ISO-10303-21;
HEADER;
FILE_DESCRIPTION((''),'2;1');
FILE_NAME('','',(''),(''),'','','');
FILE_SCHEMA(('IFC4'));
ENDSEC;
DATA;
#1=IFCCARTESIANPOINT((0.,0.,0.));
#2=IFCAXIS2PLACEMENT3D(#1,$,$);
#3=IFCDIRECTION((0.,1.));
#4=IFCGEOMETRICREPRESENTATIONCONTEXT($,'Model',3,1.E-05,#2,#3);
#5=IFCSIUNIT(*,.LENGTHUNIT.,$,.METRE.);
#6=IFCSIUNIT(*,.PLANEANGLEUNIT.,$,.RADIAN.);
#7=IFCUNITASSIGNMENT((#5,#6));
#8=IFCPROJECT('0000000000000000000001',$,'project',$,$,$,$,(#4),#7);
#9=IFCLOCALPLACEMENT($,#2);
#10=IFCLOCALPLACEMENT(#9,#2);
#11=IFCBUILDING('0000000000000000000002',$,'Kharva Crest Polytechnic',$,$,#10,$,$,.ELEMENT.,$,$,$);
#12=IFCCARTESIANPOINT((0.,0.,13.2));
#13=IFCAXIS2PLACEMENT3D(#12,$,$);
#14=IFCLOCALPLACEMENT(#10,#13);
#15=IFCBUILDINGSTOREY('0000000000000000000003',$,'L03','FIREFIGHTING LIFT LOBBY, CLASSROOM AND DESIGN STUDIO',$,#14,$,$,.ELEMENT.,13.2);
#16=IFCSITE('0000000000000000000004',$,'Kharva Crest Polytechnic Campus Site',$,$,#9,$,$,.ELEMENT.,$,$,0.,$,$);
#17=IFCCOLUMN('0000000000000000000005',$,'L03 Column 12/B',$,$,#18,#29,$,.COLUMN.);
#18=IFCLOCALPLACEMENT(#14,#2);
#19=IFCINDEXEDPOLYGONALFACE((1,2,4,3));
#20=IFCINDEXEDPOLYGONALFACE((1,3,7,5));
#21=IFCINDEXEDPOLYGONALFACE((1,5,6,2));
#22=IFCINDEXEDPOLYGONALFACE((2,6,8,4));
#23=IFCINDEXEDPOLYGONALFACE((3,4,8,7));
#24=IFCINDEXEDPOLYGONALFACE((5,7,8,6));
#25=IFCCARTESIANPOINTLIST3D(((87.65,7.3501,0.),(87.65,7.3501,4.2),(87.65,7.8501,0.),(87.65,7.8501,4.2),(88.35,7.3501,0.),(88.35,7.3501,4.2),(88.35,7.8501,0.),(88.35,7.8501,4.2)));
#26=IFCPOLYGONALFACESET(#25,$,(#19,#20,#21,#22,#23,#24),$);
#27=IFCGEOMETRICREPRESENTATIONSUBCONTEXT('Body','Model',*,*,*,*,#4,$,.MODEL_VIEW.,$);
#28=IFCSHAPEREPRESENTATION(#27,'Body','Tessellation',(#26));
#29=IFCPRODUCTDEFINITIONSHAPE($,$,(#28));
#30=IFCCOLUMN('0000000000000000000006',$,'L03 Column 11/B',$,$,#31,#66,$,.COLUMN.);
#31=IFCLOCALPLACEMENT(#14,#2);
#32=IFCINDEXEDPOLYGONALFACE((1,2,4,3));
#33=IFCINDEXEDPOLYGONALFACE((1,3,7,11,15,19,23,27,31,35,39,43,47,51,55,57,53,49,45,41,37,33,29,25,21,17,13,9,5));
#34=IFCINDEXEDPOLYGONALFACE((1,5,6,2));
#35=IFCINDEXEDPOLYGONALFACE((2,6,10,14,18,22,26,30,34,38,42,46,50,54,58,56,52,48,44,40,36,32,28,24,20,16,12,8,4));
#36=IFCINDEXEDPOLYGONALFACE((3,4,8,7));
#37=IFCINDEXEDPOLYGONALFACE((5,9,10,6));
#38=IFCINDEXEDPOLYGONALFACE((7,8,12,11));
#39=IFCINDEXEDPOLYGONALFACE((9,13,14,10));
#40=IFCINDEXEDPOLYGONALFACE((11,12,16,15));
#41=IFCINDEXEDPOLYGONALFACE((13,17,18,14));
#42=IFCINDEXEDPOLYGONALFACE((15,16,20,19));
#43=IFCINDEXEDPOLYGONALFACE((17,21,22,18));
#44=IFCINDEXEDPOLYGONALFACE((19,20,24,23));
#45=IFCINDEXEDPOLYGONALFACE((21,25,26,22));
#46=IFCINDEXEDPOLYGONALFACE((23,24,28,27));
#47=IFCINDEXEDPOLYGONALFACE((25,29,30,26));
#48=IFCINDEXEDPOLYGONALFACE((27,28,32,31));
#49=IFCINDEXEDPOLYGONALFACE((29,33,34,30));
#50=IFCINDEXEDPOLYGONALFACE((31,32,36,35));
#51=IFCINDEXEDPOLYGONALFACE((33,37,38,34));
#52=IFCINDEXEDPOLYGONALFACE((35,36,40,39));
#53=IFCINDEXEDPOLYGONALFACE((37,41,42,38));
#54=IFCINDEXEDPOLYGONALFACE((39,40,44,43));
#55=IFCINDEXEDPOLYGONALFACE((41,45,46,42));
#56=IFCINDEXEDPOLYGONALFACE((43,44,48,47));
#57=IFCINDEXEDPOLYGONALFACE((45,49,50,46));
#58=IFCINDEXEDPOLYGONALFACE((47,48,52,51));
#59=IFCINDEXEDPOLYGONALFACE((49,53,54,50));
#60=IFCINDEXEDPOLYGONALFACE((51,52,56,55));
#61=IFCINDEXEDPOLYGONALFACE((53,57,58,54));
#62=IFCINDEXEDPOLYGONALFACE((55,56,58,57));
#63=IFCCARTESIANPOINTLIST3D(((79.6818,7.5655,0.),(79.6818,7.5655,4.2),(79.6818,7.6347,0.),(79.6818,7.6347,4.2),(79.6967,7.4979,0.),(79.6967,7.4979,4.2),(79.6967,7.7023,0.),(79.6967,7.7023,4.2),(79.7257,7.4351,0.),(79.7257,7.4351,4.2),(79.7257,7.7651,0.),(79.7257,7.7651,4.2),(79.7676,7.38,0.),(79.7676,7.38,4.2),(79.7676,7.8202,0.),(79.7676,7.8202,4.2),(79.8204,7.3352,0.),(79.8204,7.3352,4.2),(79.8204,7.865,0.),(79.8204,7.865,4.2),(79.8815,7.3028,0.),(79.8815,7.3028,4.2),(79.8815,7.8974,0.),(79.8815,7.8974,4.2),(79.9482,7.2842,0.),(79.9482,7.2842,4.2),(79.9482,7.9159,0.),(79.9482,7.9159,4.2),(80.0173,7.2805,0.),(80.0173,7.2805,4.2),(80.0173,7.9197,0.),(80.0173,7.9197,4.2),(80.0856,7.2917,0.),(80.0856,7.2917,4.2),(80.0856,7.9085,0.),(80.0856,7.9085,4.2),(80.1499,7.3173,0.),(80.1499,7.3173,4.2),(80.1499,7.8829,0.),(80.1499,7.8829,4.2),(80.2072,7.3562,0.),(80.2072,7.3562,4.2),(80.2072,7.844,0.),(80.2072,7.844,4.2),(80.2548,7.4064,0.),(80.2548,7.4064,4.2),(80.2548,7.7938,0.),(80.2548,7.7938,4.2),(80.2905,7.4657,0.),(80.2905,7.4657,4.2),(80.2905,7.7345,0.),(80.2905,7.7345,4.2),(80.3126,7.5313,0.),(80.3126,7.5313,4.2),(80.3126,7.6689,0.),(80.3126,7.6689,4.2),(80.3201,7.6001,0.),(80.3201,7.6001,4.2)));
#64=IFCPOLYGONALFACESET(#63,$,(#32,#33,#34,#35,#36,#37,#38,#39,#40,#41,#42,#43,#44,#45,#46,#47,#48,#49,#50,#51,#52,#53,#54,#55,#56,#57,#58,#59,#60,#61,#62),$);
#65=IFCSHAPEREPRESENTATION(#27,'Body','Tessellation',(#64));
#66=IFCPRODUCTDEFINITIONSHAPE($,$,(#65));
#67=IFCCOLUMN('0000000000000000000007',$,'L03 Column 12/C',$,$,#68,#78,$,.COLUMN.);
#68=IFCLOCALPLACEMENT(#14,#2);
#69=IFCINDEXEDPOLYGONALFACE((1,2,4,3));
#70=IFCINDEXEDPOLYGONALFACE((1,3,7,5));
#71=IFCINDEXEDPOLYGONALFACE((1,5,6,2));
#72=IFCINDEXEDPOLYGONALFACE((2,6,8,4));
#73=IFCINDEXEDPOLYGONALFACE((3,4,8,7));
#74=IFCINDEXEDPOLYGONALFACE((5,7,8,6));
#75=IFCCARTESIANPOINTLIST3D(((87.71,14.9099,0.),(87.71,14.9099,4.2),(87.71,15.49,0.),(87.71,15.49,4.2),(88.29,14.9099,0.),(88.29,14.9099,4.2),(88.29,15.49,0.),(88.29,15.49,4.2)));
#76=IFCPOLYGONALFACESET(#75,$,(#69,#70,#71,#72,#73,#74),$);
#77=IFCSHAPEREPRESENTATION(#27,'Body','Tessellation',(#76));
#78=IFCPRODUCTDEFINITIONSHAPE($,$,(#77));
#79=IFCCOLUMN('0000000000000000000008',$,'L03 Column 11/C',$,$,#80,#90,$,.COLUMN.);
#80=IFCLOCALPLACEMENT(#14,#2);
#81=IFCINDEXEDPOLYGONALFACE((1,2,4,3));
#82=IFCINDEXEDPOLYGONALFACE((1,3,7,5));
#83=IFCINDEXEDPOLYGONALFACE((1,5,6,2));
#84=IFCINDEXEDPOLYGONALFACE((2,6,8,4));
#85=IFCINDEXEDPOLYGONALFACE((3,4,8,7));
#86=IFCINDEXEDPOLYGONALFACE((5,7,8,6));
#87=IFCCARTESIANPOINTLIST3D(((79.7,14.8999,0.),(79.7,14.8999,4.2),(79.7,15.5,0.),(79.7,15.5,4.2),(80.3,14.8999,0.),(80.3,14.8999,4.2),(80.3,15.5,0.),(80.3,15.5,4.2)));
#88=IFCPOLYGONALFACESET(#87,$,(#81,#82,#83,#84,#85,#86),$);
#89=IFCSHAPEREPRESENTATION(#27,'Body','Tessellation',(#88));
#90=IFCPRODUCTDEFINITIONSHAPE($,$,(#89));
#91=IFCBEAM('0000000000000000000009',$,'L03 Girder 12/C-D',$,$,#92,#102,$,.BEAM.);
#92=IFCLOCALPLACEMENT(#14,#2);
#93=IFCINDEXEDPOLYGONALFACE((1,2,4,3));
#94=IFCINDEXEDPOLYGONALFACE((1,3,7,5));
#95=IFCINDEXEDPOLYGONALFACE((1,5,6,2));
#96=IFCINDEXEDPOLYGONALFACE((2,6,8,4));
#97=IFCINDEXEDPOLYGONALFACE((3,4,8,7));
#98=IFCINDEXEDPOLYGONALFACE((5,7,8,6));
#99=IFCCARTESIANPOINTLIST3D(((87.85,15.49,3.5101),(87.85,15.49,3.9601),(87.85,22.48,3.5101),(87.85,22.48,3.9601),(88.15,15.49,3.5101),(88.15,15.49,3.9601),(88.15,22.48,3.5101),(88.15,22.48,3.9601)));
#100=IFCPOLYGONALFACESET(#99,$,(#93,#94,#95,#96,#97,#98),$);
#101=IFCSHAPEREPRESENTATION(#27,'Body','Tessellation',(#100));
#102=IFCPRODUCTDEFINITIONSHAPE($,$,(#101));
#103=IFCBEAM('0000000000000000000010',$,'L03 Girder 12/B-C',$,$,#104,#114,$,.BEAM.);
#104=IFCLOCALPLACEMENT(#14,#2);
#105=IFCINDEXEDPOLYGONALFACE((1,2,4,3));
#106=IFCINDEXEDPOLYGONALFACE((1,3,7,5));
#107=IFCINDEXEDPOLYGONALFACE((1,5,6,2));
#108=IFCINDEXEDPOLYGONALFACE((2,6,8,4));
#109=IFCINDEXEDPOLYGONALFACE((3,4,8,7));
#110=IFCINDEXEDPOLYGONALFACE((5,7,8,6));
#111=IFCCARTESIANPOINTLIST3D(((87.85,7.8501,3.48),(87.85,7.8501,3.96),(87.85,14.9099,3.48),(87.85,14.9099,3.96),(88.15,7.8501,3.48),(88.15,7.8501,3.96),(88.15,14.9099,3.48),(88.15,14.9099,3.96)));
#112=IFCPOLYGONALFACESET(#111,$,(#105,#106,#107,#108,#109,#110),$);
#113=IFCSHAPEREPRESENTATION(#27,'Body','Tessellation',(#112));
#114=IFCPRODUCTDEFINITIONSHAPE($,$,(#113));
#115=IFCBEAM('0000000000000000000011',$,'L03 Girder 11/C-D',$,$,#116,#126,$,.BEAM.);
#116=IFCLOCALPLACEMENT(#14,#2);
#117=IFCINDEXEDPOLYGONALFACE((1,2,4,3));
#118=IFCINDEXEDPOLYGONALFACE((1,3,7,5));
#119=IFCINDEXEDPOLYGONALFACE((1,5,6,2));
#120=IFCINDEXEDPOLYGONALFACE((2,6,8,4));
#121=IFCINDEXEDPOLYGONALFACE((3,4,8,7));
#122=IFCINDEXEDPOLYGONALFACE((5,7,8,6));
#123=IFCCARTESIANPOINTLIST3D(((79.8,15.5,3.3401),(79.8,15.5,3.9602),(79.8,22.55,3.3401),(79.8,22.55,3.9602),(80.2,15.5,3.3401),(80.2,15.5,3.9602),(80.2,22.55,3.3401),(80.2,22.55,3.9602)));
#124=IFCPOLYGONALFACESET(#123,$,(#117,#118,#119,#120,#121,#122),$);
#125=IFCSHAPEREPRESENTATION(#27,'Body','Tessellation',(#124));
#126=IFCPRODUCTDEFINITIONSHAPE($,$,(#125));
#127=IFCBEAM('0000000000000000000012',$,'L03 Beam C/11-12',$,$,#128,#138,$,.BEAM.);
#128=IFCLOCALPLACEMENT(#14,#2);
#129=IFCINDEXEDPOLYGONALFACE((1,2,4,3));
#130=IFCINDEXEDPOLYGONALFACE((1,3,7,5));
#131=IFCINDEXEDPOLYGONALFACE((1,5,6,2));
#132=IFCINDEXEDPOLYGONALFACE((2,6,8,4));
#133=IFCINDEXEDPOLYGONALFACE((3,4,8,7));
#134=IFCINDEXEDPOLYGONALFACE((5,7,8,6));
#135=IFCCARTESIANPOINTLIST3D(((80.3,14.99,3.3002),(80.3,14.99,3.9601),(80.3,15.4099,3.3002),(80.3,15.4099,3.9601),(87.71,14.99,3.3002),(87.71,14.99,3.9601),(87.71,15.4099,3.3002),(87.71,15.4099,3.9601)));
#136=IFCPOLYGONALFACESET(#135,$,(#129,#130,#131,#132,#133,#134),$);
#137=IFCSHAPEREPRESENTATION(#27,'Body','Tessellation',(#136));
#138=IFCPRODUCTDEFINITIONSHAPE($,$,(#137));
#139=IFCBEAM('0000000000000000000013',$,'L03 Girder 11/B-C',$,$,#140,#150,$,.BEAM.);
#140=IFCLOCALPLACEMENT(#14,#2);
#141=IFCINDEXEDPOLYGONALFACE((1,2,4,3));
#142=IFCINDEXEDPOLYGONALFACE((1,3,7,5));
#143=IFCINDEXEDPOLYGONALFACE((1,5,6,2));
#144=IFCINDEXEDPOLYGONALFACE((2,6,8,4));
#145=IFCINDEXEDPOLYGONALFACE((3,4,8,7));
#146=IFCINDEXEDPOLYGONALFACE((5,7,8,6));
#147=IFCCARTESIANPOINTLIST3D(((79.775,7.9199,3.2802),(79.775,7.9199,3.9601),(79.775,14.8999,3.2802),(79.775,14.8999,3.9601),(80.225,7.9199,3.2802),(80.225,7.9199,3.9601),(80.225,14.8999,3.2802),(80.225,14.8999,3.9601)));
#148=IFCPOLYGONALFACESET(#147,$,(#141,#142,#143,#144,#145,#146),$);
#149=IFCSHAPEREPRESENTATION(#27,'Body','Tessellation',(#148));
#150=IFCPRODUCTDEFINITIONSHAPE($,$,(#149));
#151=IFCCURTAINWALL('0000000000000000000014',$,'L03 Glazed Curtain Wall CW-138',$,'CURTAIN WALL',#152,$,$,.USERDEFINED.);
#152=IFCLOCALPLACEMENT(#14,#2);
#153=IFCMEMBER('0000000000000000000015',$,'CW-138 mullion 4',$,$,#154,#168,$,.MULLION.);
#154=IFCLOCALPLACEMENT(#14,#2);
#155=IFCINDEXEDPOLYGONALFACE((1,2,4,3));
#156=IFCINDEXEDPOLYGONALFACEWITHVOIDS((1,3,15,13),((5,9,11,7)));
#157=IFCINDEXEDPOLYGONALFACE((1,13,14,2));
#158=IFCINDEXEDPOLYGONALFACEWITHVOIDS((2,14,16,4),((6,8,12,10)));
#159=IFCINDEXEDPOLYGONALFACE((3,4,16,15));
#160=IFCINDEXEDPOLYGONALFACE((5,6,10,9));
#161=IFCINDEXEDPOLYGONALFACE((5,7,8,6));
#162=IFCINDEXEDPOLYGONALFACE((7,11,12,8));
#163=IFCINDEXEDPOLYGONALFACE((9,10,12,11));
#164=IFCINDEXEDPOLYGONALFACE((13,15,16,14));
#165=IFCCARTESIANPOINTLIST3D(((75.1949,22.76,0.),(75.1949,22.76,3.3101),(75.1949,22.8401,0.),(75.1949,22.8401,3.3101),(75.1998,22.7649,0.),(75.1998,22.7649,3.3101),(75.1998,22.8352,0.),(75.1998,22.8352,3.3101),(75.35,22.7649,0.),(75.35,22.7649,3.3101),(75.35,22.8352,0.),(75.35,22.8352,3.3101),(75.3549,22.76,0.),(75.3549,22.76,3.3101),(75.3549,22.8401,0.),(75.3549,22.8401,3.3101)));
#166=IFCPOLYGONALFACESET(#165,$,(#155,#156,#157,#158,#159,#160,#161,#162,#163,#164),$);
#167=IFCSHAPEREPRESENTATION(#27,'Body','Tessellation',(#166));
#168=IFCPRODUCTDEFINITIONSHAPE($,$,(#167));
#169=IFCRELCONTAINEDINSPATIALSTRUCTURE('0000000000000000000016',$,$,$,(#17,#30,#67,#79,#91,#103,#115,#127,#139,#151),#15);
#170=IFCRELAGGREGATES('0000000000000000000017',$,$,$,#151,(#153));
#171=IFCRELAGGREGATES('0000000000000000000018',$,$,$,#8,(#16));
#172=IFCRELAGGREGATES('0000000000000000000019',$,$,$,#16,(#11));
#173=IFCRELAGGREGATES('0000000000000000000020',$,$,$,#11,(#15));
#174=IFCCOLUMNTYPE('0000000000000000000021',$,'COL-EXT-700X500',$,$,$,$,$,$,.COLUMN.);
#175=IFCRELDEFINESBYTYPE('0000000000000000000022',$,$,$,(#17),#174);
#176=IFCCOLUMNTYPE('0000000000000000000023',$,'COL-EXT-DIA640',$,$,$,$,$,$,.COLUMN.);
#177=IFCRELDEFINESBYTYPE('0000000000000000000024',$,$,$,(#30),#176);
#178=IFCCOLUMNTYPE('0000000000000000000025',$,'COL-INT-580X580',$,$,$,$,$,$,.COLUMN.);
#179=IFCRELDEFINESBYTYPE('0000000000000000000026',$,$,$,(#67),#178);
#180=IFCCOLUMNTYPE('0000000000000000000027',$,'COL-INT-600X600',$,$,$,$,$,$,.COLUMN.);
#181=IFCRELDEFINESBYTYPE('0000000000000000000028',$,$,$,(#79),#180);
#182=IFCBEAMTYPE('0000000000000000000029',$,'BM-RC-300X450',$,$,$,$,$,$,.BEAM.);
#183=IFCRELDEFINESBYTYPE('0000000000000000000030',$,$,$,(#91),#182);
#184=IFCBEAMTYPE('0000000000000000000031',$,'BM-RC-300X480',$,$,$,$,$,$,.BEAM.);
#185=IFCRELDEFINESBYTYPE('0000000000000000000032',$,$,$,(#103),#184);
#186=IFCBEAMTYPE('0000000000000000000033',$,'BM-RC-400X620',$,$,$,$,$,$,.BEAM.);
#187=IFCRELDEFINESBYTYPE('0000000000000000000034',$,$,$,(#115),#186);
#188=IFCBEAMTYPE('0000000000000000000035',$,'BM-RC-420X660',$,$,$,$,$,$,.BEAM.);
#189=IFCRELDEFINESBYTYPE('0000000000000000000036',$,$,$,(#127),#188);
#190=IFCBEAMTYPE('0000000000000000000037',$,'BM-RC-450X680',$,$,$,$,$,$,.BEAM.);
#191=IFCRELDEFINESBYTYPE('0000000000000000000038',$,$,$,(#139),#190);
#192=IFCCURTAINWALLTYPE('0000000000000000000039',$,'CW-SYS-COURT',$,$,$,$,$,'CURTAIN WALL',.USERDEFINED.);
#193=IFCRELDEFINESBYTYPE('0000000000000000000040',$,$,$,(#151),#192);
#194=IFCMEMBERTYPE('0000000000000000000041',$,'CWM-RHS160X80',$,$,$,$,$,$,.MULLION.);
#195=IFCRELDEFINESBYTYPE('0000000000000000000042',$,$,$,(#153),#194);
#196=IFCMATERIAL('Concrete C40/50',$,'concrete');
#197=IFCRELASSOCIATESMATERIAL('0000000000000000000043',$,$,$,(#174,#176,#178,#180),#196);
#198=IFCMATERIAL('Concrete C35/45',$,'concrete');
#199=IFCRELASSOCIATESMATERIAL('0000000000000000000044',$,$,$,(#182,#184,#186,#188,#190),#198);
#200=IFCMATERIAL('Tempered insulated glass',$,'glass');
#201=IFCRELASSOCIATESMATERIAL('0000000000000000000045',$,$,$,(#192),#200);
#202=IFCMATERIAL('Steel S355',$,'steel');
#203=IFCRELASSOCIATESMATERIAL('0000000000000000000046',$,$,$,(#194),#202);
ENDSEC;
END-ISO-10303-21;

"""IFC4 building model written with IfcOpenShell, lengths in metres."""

from ifc_helpers import new_model, si_unit, direction, frame, origin, origin_2d, place, context, subcontext, project, spatial, rectangle, hollow_rectangle, circle, extrude, material, material_profile, profile_set, type_object, element, aggregate, save


model = new_model("IFC4")

# Units and contexts
model_context = context("Model", 3, precision=1e-05, world=origin(), true_north=direction((0.0, 1.0)))
body_context = subcontext(model_context, "Body", "Model", "MODEL_VIEW")
ifc_project = project(units=[si_unit("LENGTHUNIT", "METRE"), si_unit("PLANEANGLEUNIT", "RADIAN")], contexts=[model_context])

# Site, building, storey
site_placement = place(None, origin())
site = spatial("IfcSite", under=ifc_project, at=site_placement, Name="Kharva Crest Polytechnic Campus Site", CompositionType="ELEMENT", RefElevation=0.0)
building_placement = place(site_placement, origin())
building = spatial("IfcBuilding", under=site, at=building_placement, Name="Kharva Crest Polytechnic", CompositionType="ELEMENT")
storey_placement = place(building_placement, frame((0.0, 0.0, 13.2)))
storey = spatial("IfcBuildingStorey", under=building, at=storey_placement, Name="L03", Description="FIREFIGHTING LIFT LOBBY, CLASSROOM AND DESIGN STUDIO", CompositionType="ELEMENT", Elevation=13.2)

# Columns
ifc_material_1 = material(Name="Concrete C40/50", Category="concrete")
ifc_material_profile_1 = material_profile(ifc_material_1, rectangle(XDim=0.7, YDim=0.5, at=origin_2d()), Name="RECT 700 X 500")
ifc_profile_set_1 = profile_set([ifc_material_profile_1], Name="Concrete C40/50")
column_type_1 = type_object("IfcColumnType", Name="COL-EXT-700X500", PredefinedType="COLUMN", material=ifc_profile_set_1)
column_1_placement = place(storey_placement, frame((88.0, 7.6001, 0.0), z_axis=(0.0, 0.0, 1.0), x_axis=(1.0, 0.0, 0.0)))
element("IfcColumn", 1, at=column_1_placement, inside=storey, type_object=column_type_1, Name="L03 Column 12/B", PredefinedType="COLUMN", context=body_context, shape_type="SweptSolid", body=[
    extrude(rectangle(XDim=0.7, YDim=0.5, at=origin_2d()), origin(), (0.0, 0.0, 1.0), 4.2),
])
ifc_material_profile_2 = material_profile(ifc_material_1, circle(Radius=0.3201, at=origin_2d()), Name="DIA 640")
ifc_profile_set_2 = profile_set([ifc_material_profile_2], Name="Concrete C40/50")
column_type_2 = type_object("IfcColumnType", Name="COL-EXT-DIA640", PredefinedType="COLUMN", material=ifc_profile_set_2)
column_2_placement = place(storey_placement, frame((80.0, 7.6001, 0.0), z_axis=(0.0, 0.0, 1.0), x_axis=(1.0, 0.0, 0.0)))
element("IfcColumn", 2, at=column_2_placement, inside=storey, type_object=column_type_2, Name="L03 Column 11/B", PredefinedType="COLUMN", context=body_context, shape_type="SweptSolid", body=[
    extrude(circle(Radius=0.3201, at=origin_2d()), origin(), (0.0, 0.0, 1.0), 4.2),
])
ifc_material_profile_3 = material_profile(ifc_material_1, rectangle(XDim=0.5801, YDim=0.5801, at=origin_2d()), Name="RECT 580 X 580")
ifc_profile_set_3 = profile_set([ifc_material_profile_3], Name="Concrete C40/50")
column_type_3 = type_object("IfcColumnType", Name="COL-INT-580X580", PredefinedType="COLUMN", material=ifc_profile_set_3)
column_3_placement = place(storey_placement, frame((88.0, 15.2, 0.0), z_axis=(0.0, 0.0, 1.0), x_axis=(1.0, 0.0, 0.0)))
element("IfcColumn", 3, at=column_3_placement, inside=storey, type_object=column_type_3, Name="L03 Column 12/C", PredefinedType="COLUMN", context=body_context, shape_type="SweptSolid", body=[
    extrude(rectangle(XDim=0.5801, YDim=0.5801, at=origin_2d()), origin(), (0.0, 0.0, 1.0), 4.2),
])
ifc_material_profile_4 = material_profile(ifc_material_1, rectangle(XDim=0.6001, YDim=0.6001, at=origin_2d()), Name="RECT 600 X 600")
ifc_profile_set_4 = profile_set([ifc_material_profile_4], Name="Concrete C40/50")
column_type_4 = type_object("IfcColumnType", Name="COL-INT-600X600", PredefinedType="COLUMN", material=ifc_profile_set_4)
column_4_placement = place(storey_placement, frame((80.0, 15.2, 0.0), z_axis=(0.0, 0.0, 1.0), x_axis=(1.0, 0.0, 0.0)))
element("IfcColumn", 4, at=column_4_placement, inside=storey, type_object=column_type_4, Name="L03 Column 11/C", PredefinedType="COLUMN", context=body_context, shape_type="SweptSolid", body=[
    extrude(rectangle(XDim=0.6001, YDim=0.6001, at=origin_2d()), origin(), (0.0, 0.0, 1.0), 4.2),
])

# Beams
ifc_material_2 = material(Name="Concrete C35/45", Category="concrete")
ifc_material_profile_5 = material_profile(ifc_material_2, rectangle(XDim=0.3, YDim=0.45, at=origin_2d()), Name="RECT 300 X 450")
ifc_profile_set_5 = profile_set([ifc_material_profile_5], Name="Concrete C35/45")
beam_type_1 = type_object("IfcBeamType", Name="BM-RC-300X450", PredefinedType="BEAM", material=ifc_profile_set_5)
beam_1_placement = place(storey_placement, frame((88.0, 15.49, 3.7351), z_axis=(0.0, 1.0, 0.0), x_axis=(-1.0, 0.0, 0.0)))
element("IfcBeam", 5, at=beam_1_placement, inside=storey, type_object=beam_type_1, Name="L03 Girder 12/C-D", PredefinedType="BEAM", context=body_context, shape_type="SweptSolid", body=[
    extrude(rectangle(XDim=0.3, YDim=0.45, at=origin_2d()), origin(), (0.0, 0.0, 1.0), 6.99),
])
ifc_material_profile_6 = material_profile(ifc_material_2, rectangle(XDim=0.3, YDim=0.48, at=origin_2d()), Name="RECT 300 X 480")
ifc_profile_set_6 = profile_set([ifc_material_profile_6], Name="Concrete C35/45")
beam_type_2 = type_object("IfcBeamType", Name="BM-RC-300X480", PredefinedType="BEAM", material=ifc_profile_set_6)
beam_2_placement = place(storey_placement, frame((88.0, 7.8501, 3.72), z_axis=(0.0, 1.0, 0.0), x_axis=(-1.0, 0.0, 0.0)))
element("IfcBeam", 6, at=beam_2_placement, inside=storey, type_object=beam_type_2, Name="L03 Girder 12/B-C", PredefinedType="BEAM", context=body_context, shape_type="SweptSolid", body=[
    extrude(rectangle(XDim=0.3, YDim=0.48, at=origin_2d()), origin(), (0.0, 0.0, 1.0), 7.0598),
])
ifc_material_profile_7 = material_profile(ifc_material_2, rectangle(XDim=0.3999, YDim=0.6201, at=origin_2d()), Name="RECT 400 X 620")
ifc_profile_set_7 = profile_set([ifc_material_profile_7], Name="Concrete C35/45")
beam_type_3 = type_object("IfcBeamType", Name="BM-RC-400X620", PredefinedType="BEAM", material=ifc_profile_set_7)
beam_3_placement = place(storey_placement, frame((80.0, 15.5, 3.6501), z_axis=(0.0, 1.0, 0.0), x_axis=(-1.0, 0.0, 0.0)))
element("IfcBeam", 7, at=beam_3_placement, inside=storey, type_object=beam_type_3, Name="L03 Girder 11/C-D", PredefinedType="BEAM", context=body_context, shape_type="SweptSolid", body=[
    extrude(rectangle(XDim=0.3999, YDim=0.6201, at=origin_2d()), origin(), (0.0, 0.0, 1.0), 7.05),
])
ifc_material_profile_8 = material_profile(ifc_material_2, rectangle(XDim=0.4199, YDim=0.6599, at=origin_2d()), Name="RECT 420 X 660")
ifc_profile_set_8 = profile_set([ifc_material_profile_8], Name="Concrete C35/45")
beam_type_4 = type_object("IfcBeamType", Name="BM-RC-420X660", PredefinedType="BEAM", material=ifc_profile_set_8)
beam_4_placement = place(storey_placement, frame((80.3, 15.2, 3.6301), z_axis=(1.0, 0.0, 0.0), x_axis=(0.0, 1.0, 0.0)))
element("IfcBeam", 8, at=beam_4_placement, inside=storey, type_object=beam_type_4, Name="L03 Beam C/11-12", PredefinedType="BEAM", context=body_context, shape_type="SweptSolid", body=[
    extrude(rectangle(XDim=0.4199, YDim=0.6599, at=origin_2d()), origin(), (0.0, 0.0, 1.0), 7.4099),
])
ifc_material_profile_9 = material_profile(ifc_material_2, rectangle(XDim=0.45, YDim=0.6799, at=origin_2d()), Name="RECT 450 X 680")
ifc_profile_set_9 = profile_set([ifc_material_profile_9], Name="Concrete C35/45")
beam_type_5 = type_object("IfcBeamType", Name="BM-RC-450X680", PredefinedType="BEAM", material=ifc_profile_set_9)
beam_5_placement = place(storey_placement, frame((80.0, 7.9199, 3.6201), z_axis=(0.0, 1.0, 0.0), x_axis=(-1.0, 0.0, 0.0)))
element("IfcBeam", 9, at=beam_5_placement, inside=storey, type_object=beam_type_5, Name="L03 Girder 11/B-C", PredefinedType="BEAM", context=body_context, shape_type="SweptSolid", body=[
    extrude(rectangle(XDim=0.45, YDim=0.6799, at=origin_2d()), origin(), (0.0, 0.0, 1.0), 6.98),
])

# Curtain wall, member
ifc_material_3 = material(Name="Tempered insulated glass", Category="glass")
curtain_wall_type = type_object("IfcCurtainWallType", Name="CW-SYS-COURT", ElementType="CURTAIN WALL", PredefinedType="USERDEFINED", material=ifc_material_3)
curtain_wall_placement = place(storey_placement, origin())
curtain_wall = element("IfcCurtainWall", 10, at=curtain_wall_placement, inside=storey, type_object=curtain_wall_type, Name="L03 Glazed Curtain Wall CW-138", ObjectType="CURTAIN WALL", PredefinedType="USERDEFINED")
ifc_material_4 = material(Name="Steel S355", Category="steel")
ifc_material_profile_10 = material_profile(ifc_material_4, hollow_rectangle(XDim=0.0801, YDim=0.1599, WallThickness=0.0049, at=origin_2d()), Name="RHS 160X80X5.0")
ifc_profile_set_10 = profile_set([ifc_material_profile_10], Name="Steel S355")
member_type_1 = type_object("IfcMemberType", Name="CWM-RHS160X80", PredefinedType="MULLION", material=ifc_profile_set_10)
member_1_placement = place(storey_placement, frame((75.2749, 22.8, 0.0), z_axis=(0.0, 0.0, 1.0), x_axis=(0.0, -1.0, 0.0)))
member_1 = element("IfcMember", 11, at=member_1_placement, type_object=member_type_1, Name="CW-138 mullion 4", PredefinedType="MULLION", context=body_context, shape_type="SweptSolid", body=[
    extrude(hollow_rectangle(XDim=0.0801, YDim=0.1599, WallThickness=0.0049, at=origin_2d()), origin(), (0.0, 0.0, 1.0), 3.3101),
])

aggregate(curtain_wall, [member_1])

save(model, "model.ifc")
